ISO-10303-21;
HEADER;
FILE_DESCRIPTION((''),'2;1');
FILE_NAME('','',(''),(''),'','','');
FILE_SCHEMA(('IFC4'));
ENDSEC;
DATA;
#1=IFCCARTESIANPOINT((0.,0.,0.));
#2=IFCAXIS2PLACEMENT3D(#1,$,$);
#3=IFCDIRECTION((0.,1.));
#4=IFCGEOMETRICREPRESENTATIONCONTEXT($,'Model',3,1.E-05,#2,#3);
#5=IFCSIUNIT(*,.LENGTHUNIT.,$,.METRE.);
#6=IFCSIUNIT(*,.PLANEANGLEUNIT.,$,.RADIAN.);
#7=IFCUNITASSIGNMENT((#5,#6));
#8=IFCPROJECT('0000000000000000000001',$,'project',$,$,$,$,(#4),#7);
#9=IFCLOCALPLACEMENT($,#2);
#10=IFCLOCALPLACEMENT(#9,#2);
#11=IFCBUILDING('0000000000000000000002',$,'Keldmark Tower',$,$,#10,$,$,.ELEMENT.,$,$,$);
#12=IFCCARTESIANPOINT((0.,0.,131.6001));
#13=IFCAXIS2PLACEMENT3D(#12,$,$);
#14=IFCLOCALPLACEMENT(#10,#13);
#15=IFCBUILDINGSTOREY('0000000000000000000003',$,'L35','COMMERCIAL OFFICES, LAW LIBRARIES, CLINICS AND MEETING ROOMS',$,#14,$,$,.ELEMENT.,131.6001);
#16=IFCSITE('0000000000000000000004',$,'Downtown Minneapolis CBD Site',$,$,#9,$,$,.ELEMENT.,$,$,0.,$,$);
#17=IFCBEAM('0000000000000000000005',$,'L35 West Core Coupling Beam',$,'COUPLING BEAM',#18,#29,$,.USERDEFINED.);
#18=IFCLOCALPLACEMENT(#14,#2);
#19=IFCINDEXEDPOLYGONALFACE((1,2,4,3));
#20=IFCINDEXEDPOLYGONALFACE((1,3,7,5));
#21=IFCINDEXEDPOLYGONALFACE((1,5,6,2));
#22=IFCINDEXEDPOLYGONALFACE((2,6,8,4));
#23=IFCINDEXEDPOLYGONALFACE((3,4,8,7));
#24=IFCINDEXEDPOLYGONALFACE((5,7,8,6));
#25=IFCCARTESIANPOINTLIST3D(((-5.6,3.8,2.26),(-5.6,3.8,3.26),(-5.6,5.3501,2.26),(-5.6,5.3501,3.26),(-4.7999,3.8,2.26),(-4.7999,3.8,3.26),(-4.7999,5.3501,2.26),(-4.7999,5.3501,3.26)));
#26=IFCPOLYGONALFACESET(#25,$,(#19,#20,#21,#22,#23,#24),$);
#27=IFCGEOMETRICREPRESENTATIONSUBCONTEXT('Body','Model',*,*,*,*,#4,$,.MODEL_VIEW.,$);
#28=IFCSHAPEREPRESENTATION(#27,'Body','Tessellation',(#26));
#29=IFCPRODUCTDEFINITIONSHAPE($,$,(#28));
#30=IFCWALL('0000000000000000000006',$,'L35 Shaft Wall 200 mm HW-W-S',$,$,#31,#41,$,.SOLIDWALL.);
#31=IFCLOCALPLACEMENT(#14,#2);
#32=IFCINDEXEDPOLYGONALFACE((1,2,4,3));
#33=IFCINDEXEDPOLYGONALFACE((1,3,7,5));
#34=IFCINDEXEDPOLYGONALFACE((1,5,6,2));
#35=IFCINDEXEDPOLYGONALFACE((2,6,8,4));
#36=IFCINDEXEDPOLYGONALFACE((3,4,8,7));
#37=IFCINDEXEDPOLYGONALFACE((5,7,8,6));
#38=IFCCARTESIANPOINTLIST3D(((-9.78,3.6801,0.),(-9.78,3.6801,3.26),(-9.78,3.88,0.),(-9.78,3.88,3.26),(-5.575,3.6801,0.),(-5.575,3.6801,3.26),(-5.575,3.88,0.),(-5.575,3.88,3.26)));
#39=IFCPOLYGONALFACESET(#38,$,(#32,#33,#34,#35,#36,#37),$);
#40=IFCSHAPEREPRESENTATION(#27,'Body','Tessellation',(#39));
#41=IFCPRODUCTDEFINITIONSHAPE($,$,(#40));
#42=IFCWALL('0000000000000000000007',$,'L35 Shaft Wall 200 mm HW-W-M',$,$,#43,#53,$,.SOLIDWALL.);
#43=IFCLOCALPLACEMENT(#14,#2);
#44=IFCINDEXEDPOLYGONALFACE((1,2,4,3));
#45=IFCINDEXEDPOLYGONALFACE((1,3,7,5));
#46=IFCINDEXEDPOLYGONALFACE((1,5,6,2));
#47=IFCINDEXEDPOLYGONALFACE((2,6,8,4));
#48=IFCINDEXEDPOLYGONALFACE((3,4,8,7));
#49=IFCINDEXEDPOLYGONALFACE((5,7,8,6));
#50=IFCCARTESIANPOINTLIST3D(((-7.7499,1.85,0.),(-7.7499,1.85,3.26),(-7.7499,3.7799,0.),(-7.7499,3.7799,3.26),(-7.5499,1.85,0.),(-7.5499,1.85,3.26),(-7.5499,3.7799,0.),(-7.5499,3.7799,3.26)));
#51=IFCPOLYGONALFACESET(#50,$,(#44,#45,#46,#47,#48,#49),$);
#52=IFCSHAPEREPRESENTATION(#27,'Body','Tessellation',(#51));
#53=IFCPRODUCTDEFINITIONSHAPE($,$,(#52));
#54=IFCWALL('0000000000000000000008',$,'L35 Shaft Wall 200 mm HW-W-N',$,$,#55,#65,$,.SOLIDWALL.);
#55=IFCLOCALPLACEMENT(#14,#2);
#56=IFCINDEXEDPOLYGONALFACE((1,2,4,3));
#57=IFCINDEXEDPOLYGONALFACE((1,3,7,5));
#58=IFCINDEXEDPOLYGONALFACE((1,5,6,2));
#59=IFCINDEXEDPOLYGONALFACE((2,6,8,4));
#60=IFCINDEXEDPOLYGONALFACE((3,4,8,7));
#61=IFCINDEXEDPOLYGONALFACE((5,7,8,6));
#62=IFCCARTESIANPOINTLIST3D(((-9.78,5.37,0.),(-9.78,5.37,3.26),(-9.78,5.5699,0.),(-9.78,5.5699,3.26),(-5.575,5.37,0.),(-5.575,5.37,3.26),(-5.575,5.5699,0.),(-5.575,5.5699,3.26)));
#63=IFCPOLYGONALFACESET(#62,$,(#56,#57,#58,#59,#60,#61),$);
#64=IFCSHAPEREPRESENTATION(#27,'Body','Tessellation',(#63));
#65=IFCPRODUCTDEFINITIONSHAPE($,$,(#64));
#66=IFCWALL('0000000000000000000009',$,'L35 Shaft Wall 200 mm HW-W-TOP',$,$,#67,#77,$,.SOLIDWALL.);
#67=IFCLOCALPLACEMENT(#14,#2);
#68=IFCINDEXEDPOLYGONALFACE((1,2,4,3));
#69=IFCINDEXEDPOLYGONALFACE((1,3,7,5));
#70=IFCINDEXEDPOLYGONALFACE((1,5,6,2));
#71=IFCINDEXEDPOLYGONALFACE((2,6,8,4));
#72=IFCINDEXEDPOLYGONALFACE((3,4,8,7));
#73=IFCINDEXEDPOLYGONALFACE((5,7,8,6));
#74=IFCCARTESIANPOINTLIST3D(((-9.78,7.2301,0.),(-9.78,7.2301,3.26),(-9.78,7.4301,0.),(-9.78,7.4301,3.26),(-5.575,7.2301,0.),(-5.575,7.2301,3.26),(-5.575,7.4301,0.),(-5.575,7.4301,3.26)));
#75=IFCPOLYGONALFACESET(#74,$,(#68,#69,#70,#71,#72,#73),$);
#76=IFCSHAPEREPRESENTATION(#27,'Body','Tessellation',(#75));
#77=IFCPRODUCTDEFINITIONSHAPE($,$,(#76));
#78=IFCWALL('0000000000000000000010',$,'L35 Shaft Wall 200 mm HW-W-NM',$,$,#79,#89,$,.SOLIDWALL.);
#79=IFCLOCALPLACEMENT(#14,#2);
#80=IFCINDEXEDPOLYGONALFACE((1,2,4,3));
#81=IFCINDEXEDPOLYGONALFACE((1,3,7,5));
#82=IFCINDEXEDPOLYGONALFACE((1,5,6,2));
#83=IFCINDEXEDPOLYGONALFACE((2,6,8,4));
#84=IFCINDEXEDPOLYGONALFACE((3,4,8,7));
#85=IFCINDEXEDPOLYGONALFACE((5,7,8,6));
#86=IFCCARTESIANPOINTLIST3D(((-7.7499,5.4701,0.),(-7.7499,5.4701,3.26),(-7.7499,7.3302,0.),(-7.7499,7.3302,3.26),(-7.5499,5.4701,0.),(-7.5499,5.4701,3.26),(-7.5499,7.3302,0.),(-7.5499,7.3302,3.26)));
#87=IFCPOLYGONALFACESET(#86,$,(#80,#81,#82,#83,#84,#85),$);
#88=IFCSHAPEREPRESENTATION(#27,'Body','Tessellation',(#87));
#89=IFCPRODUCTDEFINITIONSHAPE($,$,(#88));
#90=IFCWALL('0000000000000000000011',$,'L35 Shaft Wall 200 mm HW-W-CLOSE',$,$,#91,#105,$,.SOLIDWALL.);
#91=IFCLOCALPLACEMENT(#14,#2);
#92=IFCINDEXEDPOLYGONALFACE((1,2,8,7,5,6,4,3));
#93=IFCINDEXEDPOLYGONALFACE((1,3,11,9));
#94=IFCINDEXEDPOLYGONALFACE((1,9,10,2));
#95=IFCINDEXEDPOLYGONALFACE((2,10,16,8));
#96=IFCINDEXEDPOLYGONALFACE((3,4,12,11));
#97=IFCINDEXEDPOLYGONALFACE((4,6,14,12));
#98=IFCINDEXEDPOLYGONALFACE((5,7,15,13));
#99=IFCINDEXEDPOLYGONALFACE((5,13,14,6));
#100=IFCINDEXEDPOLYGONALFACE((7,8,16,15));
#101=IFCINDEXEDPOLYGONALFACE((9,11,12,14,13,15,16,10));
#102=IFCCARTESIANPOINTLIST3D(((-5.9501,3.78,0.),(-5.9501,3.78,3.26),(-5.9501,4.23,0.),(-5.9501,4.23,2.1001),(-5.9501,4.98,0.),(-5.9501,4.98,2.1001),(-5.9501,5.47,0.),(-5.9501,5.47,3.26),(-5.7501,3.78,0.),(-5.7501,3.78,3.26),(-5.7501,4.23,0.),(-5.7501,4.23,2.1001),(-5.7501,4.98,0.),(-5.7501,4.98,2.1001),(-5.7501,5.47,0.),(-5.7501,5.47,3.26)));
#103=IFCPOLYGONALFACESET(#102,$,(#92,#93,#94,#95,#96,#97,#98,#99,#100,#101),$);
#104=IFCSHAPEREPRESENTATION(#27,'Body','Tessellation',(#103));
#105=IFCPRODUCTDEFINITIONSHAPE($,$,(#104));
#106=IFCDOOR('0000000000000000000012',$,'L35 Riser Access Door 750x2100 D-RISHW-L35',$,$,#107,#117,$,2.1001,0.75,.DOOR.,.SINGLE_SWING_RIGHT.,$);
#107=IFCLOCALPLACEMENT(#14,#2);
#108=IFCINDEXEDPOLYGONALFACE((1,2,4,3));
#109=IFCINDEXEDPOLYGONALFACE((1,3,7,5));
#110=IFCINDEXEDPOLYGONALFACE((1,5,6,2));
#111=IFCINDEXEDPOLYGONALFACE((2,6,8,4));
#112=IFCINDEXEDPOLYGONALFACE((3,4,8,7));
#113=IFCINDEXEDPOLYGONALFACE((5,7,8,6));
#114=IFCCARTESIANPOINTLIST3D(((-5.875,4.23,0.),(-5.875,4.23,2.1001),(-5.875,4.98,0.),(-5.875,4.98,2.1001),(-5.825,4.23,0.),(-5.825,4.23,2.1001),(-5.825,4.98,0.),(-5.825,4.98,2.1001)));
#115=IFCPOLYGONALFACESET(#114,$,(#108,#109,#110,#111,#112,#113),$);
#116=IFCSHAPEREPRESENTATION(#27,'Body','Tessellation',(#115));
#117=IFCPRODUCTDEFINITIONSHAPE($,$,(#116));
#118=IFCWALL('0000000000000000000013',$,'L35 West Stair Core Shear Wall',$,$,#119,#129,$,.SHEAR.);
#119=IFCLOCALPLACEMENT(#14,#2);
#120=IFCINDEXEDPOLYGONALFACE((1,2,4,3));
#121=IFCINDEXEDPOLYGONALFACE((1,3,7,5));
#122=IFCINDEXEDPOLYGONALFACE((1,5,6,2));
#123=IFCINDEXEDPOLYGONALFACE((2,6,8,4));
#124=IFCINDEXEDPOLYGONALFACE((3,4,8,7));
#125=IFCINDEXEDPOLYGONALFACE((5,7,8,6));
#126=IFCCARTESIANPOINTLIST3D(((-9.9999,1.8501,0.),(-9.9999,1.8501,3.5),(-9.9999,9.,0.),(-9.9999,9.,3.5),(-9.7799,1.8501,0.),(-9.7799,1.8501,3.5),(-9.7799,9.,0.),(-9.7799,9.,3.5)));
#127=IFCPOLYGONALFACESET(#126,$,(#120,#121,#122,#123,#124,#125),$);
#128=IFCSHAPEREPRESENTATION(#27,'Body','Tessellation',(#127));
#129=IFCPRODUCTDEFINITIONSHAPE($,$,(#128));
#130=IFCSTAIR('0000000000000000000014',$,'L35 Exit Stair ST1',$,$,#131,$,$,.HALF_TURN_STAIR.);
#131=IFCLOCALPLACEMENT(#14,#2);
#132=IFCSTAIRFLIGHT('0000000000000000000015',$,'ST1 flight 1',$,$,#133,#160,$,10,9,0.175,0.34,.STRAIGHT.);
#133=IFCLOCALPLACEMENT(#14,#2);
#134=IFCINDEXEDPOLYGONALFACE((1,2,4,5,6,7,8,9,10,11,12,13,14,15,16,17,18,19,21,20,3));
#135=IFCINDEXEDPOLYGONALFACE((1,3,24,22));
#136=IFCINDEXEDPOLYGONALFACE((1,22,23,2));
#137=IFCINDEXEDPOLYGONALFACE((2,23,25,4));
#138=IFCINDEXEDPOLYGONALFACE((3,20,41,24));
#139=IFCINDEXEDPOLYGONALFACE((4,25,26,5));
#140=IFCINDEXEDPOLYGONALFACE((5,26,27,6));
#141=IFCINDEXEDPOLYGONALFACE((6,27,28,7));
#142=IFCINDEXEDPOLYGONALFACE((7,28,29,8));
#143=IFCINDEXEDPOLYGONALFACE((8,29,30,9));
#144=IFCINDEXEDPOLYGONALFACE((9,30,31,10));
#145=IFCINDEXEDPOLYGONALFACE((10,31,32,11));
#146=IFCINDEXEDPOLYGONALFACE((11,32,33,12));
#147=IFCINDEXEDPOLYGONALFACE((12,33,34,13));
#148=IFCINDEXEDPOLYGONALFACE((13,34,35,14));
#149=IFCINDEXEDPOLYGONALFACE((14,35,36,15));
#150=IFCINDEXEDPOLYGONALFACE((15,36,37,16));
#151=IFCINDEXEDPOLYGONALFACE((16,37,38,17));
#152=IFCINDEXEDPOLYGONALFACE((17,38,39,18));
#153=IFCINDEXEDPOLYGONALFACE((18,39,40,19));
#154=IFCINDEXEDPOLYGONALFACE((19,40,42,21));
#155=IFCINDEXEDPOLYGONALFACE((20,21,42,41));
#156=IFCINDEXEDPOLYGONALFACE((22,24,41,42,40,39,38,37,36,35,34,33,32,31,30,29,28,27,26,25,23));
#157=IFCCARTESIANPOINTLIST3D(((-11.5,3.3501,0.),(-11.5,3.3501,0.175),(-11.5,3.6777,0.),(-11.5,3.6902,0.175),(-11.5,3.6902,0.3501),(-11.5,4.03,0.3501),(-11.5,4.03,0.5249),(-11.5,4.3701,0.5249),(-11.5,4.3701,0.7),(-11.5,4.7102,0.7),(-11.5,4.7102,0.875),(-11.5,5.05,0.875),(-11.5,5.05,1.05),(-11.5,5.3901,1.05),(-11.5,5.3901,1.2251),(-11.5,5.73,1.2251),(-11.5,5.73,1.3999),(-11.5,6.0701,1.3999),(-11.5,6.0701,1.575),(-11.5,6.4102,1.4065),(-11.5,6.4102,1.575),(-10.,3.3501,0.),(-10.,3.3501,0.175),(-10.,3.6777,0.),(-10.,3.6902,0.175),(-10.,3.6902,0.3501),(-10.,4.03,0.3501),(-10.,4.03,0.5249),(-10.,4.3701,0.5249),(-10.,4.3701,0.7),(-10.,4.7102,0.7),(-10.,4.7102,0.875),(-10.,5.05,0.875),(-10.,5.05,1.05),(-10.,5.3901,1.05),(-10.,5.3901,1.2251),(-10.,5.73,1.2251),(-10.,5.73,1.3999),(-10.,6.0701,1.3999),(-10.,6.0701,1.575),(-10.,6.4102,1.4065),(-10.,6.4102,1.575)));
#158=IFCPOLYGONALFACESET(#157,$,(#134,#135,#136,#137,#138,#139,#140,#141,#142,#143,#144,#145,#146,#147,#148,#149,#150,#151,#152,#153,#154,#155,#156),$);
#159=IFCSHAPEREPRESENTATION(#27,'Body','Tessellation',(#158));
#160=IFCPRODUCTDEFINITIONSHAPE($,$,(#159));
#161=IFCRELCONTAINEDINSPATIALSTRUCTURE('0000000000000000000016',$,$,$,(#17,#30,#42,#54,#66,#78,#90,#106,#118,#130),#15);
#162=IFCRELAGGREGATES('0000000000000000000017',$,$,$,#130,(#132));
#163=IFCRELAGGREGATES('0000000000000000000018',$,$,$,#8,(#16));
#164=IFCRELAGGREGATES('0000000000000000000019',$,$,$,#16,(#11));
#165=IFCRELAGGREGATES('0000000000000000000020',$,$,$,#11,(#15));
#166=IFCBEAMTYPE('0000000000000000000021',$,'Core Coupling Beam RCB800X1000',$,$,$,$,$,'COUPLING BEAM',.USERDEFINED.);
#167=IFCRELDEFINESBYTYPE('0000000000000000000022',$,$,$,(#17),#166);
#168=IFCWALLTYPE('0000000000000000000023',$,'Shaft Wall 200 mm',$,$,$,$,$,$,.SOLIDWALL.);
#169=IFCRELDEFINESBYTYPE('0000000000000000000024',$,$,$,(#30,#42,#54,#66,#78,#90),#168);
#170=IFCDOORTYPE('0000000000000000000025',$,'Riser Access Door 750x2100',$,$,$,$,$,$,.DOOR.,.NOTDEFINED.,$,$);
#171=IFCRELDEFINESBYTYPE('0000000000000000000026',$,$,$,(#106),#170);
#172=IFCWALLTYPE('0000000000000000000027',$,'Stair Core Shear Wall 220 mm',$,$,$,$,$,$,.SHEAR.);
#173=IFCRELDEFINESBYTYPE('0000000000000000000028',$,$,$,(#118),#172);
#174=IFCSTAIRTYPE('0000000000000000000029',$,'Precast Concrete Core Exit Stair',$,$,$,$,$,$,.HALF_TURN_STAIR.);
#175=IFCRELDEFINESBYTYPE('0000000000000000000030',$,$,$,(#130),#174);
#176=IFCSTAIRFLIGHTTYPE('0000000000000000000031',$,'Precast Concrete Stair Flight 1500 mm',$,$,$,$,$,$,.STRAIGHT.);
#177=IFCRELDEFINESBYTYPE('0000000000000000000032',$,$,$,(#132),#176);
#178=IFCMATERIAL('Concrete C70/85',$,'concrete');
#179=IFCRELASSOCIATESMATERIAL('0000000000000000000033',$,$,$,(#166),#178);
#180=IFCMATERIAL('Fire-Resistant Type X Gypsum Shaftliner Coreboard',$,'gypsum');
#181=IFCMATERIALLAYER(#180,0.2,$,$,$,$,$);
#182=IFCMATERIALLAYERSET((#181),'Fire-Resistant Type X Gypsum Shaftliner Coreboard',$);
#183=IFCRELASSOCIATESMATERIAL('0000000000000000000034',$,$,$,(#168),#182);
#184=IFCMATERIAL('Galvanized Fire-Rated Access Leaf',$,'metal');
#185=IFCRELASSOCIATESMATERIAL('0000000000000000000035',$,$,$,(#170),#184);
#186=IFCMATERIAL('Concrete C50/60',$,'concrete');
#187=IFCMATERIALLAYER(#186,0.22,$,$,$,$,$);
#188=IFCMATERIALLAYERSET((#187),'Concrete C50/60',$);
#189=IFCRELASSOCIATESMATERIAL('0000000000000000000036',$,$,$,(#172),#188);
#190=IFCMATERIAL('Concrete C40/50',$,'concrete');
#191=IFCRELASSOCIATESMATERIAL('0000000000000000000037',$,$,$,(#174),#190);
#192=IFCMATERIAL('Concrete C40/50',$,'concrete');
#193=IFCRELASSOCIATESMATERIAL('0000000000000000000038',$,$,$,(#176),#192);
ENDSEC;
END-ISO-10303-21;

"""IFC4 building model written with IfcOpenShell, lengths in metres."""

from ifc_helpers import new_model, si_unit, direction, frame, frame_2d, origin, origin_2d, place, context, subcontext, project, spatial, polyline, rectangle, outline, extrude, material, layer, layer_set, material_profile, profile_set, type_object, element, fill, aggregate, save


model = new_model("IFC4")

# Units and contexts
model_context = context("Model", 3, precision=1e-05, world=origin(), true_north=direction((0.0, 1.0)))
body_context = subcontext(model_context, "Body", "Model", "MODEL_VIEW")
ifc_project = project(units=[si_unit("LENGTHUNIT", "METRE"), si_unit("PLANEANGLEUNIT", "RADIAN")], contexts=[model_context])

# Site, building, storey
site_placement = place(None, origin())
site = spatial("IfcSite", under=ifc_project, at=site_placement, Name="Downtown Minneapolis CBD Site", CompositionType="ELEMENT", RefElevation=0.0)
building_placement = place(site_placement, origin())
building = spatial("IfcBuilding", under=site, at=building_placement, Name="Keldmark Tower", CompositionType="ELEMENT")
storey_placement = place(building_placement, frame((0.0, 0.0, 131.6001)))
storey = spatial("IfcBuildingStorey", under=building, at=storey_placement, Name="L35", Description="COMMERCIAL OFFICES, LAW LIBRARIES, CLINICS AND MEETING ROOMS", CompositionType="ELEMENT", Elevation=131.6001)

# Beam
ifc_material_1 = material(Name="Concrete C70/85", Category="concrete")
ifc_material_profile = material_profile(ifc_material_1, rectangle(XDim=0.8, YDim=1.0, at=origin_2d()), Name="RCB800X1000")
ifc_profile_set = profile_set([ifc_material_profile], Name="Concrete C70/85")
beam_type = type_object("IfcBeamType", Name="Core Coupling Beam RCB800X1000", ElementType="COUPLING BEAM", PredefinedType="USERDEFINED", material=ifc_profile_set)
beam_placement = place(storey_placement, frame((-5.2, 3.8, 2.76), z_axis=(0.0, 1.0, 0.0), x_axis=(-1.0, 0.0, 0.0)))
element("IfcBeam", 1, at=beam_placement, inside=storey, type_object=beam_type, Name="L35 West Core Coupling Beam", ObjectType="COUPLING BEAM", PredefinedType="USERDEFINED", context=body_context, shape_type="SweptSolid", body=[
    extrude(rectangle(XDim=0.8, YDim=1.0, at=origin_2d()), origin(), (0.0, 0.0, 1.0), 1.55),
])

# Walls
ifc_material_2 = material(Name="Fire-Resistant Type X Gypsum Shaftliner Coreboard", Category="gypsum")
ifc_layer_1 = layer(ifc_material_2, 0.2)
ifc_layer_set_1 = layer_set([ifc_layer_1], Name="Fire-Resistant Type X Gypsum Shaftliner Coreboard")
wall_type_1 = type_object("IfcWallType", Name="Shaft Wall 200 mm", PredefinedType="SOLIDWALL", material=ifc_layer_set_1)
wall_1_placement = place(storey_placement, frame((-9.78, 3.78, 0.0), z_axis=(0.0, 0.0, 1.0), x_axis=(1.0, 0.0, 0.0)))
element("IfcWall", 2, at=wall_1_placement, inside=storey, type_object=wall_type_1, Name="L35 Shaft Wall 200 mm HW-W-S", PredefinedType="SOLIDWALL", context=body_context, shape_type="SweptSolid", body=[
    extrude(rectangle(XDim=4.2051, YDim=0.2, at=frame_2d((2.1025, 0.0))), origin(), (0.0, 0.0, 1.0), 3.26),
])
wall_2_placement = place(storey_placement, frame((-7.6499, 1.8501, 0.0), z_axis=(0.0, 0.0, 1.0), x_axis=(0.0, 1.0, 0.0)))
element("IfcWall", 3, at=wall_2_placement, inside=storey, type_object=wall_type_1, Name="L35 Shaft Wall 200 mm HW-W-M", PredefinedType="SOLIDWALL", context=body_context, shape_type="SweptSolid", body=[
    extrude(rectangle(XDim=1.9299, YDim=0.2, at=frame_2d((0.9648, 0.0))), origin(), (0.0, 0.0, 1.0), 3.26),
])
for number, where, z_axis, x_axis, name in (
    (4, (-9.78, 5.47, 0.0), (0.0, 0.0, 1.0), (1.0, 0.0, 0.0), "L35 Shaft Wall 200 mm HW-W-N"),
    (5, (-9.78, 7.3301, 0.0), (0.0, 0.0, 1.0), (1.0, 0.0, 0.0), "L35 Shaft Wall 200 mm HW-W-TOP"),
):
    element("IfcWall", number, at=place(storey_placement, frame(where, z_axis=z_axis, x_axis=x_axis)), inside=storey, type_object=wall_type_1, Name=name, PredefinedType="SOLIDWALL", context=body_context, shape_type="SweptSolid", body=[
        extrude(rectangle(XDim=4.2051, YDim=0.2, at=frame_2d((2.1025, 0.0))), origin(), (0.0, 0.0, 1.0), 3.26),
    ])
wall_3_placement = place(storey_placement, frame((-7.6499, 5.47, 0.0), z_axis=(0.0, 0.0, 1.0), x_axis=(0.0, 1.0, 0.0)))
element("IfcWall", 6, at=wall_3_placement, inside=storey, type_object=wall_type_1, Name="L35 Shaft Wall 200 mm HW-W-NM", PredefinedType="SOLIDWALL", context=body_context, shape_type="SweptSolid", body=[
    extrude(rectangle(XDim=1.8601, YDim=0.2, at=frame_2d((0.9302, 0.0))), origin(), (0.0, 0.0, 1.0), 3.26),
])

# Wall, opening, door
wall_4_placement = place(storey_placement, frame((-5.8501, 3.78, 0.0), z_axis=(0.0, 0.0, 1.0), x_axis=(0.0, 1.0, 0.0)))
wall_4 = element("IfcWall", 7, at=wall_4_placement, inside=storey, type_object=wall_type_1, Name="L35 Shaft Wall 200 mm HW-W-CLOSE", PredefinedType="SOLIDWALL", context=body_context, shape_type="SweptSolid", body=[
    extrude(rectangle(XDim=1.6899, YDim=0.2, at=frame_2d((0.845, 0.0))), origin(), (0.0, 0.0, 1.0), 3.26),
])
opening_placement = place(wall_4_placement, frame((0.45, 0.0, 0.0)))
opening = element("IfcOpeningElement", 8, at=opening_placement, cuts=wall_4, PredefinedType="OPENING", context=body_context, shape_type="SweptSolid", body=[
    extrude(rectangle(XDim=0.75, YDim=2.1001, at=frame_2d((0.375, 1.05))), frame((0.0, 0.1099, 0.0), z_axis=(0.0, -1.0, 0.0), x_axis=(1.0, 0.0, 0.0)), (0.0, 0.0, 1.0), 0.22),
])
ifc_material_3 = material(Name="Galvanized Fire-Rated Access Leaf", Category="metal")
door_type = type_object("IfcDoorType", Name="Riser Access Door 750x2100", OperationType="NOTDEFINED", PredefinedType="DOOR", material=ifc_material_3)
door_placement = place(opening_placement, origin())
door = element("IfcDoor", 9, at=door_placement, inside=storey, type_object=door_type, Name="L35 Riser Access Door 750x2100 D-RISHW-L35", OperationType="SINGLE_SWING_RIGHT", OverallHeight=2.1001, OverallWidth=0.75, PredefinedType="DOOR", context=body_context, shape_type="SweptSolid", body=[
    extrude(rectangle(XDim=0.75, YDim=2.1001, at=frame_2d((0.375, 1.05))), frame((0.0, 0.0249, 0.0), z_axis=(0.0, -1.0, 0.0), x_axis=(1.0, 0.0, 0.0)), (0.0, 0.0, 1.0), 0.05),
])
fill(opening, door)

# Wall
ifc_material_4 = material(Name="Concrete C50/60", Category="concrete")
ifc_layer_2 = layer(ifc_material_4, 0.22)
ifc_layer_set_2 = layer_set([ifc_layer_2], Name="Concrete C50/60")
wall_type_2 = type_object("IfcWallType", Name="Stair Core Shear Wall 220 mm", PredefinedType="SHEAR", material=ifc_layer_set_2)
wall_5_placement = place(storey_placement, frame((-9.8899, 1.8501, 0.0), z_axis=(0.0, 0.0, 1.0), x_axis=(0.0, 1.0, 0.0)))
element("IfcWall", 10, at=wall_5_placement, inside=storey, type_object=wall_type_2, Name="L35 West Stair Core Shear Wall", PredefinedType="SHEAR", context=body_context, shape_type="SweptSolid", body=[
    extrude(rectangle(XDim=7.1499, YDim=0.22, at=frame_2d((3.575, 0.0))), origin(), (0.0, 0.0, 1.0), 3.5),
])

# Stair, stair flight
ifc_material_5 = material(Name="Concrete C40/50", Category="concrete")
stair_type = type_object("IfcStairType", Name="Precast Concrete Core Exit Stair", PredefinedType="HALF_TURN_STAIR", material=ifc_material_5)
stair_placement = place(storey_placement, origin())
stair = element("IfcStair", 11, at=stair_placement, inside=storey, type_object=stair_type, Name="L35 Exit Stair ST1", PredefinedType="HALF_TURN_STAIR")
ifc_material_6 = material(Name="Concrete C40/50", Category="concrete")
stair_flight_type = type_object("IfcStairFlightType", Name="Precast Concrete Stair Flight 1500 mm", PredefinedType="STRAIGHT", material=ifc_material_6)
stair_flight_placement = place(storey_placement, frame((-10.75, 3.3501, 0.0), z_axis=(0.0, 0.0, 1.0), x_axis=(0.0, 1.0, 0.0)))
stair_flight = element("IfcStairFlight", 12, at=stair_flight_placement, type_object=stair_flight_type, Name="ST1 flight 1", NumberOfRisers=10, NumberOfTreads=9, PredefinedType="STRAIGHT", RiserHeight=0.175, TreadLength=0.34, context=body_context, shape_type="SweptSolid", body=[
    extrude(outline(polyline([(0.0, 0.0), (0.0, 0.175), (0.3401, 0.175), (0.3401, 0.3501), (0.6799, 0.3501), (0.6799, 0.5249), (1.02, 0.5249), (1.02, 0.7), (1.3601, 0.7), (1.3601, 0.875), (1.7, 0.875), (1.7, 1.05), (2.04, 1.05), (2.04, 1.2251), (2.3799, 1.2251), (2.3799, 1.3999), (2.72, 1.3999), (2.72, 1.575), (3.0601, 1.575), (3.0601, 1.75), (3.0601, 1.4065), (0.3276, 0.0), (0.0, 0.0)])), frame((0.0, 0.75, 0.0), z_axis=(0.0, -1.0, 0.0), x_axis=(1.0, 0.0, 0.0)), (0.0, 0.0, 1.0), 1.5),
])
aggregate(stair, [stair_flight])

save(model, "model.ifc")
